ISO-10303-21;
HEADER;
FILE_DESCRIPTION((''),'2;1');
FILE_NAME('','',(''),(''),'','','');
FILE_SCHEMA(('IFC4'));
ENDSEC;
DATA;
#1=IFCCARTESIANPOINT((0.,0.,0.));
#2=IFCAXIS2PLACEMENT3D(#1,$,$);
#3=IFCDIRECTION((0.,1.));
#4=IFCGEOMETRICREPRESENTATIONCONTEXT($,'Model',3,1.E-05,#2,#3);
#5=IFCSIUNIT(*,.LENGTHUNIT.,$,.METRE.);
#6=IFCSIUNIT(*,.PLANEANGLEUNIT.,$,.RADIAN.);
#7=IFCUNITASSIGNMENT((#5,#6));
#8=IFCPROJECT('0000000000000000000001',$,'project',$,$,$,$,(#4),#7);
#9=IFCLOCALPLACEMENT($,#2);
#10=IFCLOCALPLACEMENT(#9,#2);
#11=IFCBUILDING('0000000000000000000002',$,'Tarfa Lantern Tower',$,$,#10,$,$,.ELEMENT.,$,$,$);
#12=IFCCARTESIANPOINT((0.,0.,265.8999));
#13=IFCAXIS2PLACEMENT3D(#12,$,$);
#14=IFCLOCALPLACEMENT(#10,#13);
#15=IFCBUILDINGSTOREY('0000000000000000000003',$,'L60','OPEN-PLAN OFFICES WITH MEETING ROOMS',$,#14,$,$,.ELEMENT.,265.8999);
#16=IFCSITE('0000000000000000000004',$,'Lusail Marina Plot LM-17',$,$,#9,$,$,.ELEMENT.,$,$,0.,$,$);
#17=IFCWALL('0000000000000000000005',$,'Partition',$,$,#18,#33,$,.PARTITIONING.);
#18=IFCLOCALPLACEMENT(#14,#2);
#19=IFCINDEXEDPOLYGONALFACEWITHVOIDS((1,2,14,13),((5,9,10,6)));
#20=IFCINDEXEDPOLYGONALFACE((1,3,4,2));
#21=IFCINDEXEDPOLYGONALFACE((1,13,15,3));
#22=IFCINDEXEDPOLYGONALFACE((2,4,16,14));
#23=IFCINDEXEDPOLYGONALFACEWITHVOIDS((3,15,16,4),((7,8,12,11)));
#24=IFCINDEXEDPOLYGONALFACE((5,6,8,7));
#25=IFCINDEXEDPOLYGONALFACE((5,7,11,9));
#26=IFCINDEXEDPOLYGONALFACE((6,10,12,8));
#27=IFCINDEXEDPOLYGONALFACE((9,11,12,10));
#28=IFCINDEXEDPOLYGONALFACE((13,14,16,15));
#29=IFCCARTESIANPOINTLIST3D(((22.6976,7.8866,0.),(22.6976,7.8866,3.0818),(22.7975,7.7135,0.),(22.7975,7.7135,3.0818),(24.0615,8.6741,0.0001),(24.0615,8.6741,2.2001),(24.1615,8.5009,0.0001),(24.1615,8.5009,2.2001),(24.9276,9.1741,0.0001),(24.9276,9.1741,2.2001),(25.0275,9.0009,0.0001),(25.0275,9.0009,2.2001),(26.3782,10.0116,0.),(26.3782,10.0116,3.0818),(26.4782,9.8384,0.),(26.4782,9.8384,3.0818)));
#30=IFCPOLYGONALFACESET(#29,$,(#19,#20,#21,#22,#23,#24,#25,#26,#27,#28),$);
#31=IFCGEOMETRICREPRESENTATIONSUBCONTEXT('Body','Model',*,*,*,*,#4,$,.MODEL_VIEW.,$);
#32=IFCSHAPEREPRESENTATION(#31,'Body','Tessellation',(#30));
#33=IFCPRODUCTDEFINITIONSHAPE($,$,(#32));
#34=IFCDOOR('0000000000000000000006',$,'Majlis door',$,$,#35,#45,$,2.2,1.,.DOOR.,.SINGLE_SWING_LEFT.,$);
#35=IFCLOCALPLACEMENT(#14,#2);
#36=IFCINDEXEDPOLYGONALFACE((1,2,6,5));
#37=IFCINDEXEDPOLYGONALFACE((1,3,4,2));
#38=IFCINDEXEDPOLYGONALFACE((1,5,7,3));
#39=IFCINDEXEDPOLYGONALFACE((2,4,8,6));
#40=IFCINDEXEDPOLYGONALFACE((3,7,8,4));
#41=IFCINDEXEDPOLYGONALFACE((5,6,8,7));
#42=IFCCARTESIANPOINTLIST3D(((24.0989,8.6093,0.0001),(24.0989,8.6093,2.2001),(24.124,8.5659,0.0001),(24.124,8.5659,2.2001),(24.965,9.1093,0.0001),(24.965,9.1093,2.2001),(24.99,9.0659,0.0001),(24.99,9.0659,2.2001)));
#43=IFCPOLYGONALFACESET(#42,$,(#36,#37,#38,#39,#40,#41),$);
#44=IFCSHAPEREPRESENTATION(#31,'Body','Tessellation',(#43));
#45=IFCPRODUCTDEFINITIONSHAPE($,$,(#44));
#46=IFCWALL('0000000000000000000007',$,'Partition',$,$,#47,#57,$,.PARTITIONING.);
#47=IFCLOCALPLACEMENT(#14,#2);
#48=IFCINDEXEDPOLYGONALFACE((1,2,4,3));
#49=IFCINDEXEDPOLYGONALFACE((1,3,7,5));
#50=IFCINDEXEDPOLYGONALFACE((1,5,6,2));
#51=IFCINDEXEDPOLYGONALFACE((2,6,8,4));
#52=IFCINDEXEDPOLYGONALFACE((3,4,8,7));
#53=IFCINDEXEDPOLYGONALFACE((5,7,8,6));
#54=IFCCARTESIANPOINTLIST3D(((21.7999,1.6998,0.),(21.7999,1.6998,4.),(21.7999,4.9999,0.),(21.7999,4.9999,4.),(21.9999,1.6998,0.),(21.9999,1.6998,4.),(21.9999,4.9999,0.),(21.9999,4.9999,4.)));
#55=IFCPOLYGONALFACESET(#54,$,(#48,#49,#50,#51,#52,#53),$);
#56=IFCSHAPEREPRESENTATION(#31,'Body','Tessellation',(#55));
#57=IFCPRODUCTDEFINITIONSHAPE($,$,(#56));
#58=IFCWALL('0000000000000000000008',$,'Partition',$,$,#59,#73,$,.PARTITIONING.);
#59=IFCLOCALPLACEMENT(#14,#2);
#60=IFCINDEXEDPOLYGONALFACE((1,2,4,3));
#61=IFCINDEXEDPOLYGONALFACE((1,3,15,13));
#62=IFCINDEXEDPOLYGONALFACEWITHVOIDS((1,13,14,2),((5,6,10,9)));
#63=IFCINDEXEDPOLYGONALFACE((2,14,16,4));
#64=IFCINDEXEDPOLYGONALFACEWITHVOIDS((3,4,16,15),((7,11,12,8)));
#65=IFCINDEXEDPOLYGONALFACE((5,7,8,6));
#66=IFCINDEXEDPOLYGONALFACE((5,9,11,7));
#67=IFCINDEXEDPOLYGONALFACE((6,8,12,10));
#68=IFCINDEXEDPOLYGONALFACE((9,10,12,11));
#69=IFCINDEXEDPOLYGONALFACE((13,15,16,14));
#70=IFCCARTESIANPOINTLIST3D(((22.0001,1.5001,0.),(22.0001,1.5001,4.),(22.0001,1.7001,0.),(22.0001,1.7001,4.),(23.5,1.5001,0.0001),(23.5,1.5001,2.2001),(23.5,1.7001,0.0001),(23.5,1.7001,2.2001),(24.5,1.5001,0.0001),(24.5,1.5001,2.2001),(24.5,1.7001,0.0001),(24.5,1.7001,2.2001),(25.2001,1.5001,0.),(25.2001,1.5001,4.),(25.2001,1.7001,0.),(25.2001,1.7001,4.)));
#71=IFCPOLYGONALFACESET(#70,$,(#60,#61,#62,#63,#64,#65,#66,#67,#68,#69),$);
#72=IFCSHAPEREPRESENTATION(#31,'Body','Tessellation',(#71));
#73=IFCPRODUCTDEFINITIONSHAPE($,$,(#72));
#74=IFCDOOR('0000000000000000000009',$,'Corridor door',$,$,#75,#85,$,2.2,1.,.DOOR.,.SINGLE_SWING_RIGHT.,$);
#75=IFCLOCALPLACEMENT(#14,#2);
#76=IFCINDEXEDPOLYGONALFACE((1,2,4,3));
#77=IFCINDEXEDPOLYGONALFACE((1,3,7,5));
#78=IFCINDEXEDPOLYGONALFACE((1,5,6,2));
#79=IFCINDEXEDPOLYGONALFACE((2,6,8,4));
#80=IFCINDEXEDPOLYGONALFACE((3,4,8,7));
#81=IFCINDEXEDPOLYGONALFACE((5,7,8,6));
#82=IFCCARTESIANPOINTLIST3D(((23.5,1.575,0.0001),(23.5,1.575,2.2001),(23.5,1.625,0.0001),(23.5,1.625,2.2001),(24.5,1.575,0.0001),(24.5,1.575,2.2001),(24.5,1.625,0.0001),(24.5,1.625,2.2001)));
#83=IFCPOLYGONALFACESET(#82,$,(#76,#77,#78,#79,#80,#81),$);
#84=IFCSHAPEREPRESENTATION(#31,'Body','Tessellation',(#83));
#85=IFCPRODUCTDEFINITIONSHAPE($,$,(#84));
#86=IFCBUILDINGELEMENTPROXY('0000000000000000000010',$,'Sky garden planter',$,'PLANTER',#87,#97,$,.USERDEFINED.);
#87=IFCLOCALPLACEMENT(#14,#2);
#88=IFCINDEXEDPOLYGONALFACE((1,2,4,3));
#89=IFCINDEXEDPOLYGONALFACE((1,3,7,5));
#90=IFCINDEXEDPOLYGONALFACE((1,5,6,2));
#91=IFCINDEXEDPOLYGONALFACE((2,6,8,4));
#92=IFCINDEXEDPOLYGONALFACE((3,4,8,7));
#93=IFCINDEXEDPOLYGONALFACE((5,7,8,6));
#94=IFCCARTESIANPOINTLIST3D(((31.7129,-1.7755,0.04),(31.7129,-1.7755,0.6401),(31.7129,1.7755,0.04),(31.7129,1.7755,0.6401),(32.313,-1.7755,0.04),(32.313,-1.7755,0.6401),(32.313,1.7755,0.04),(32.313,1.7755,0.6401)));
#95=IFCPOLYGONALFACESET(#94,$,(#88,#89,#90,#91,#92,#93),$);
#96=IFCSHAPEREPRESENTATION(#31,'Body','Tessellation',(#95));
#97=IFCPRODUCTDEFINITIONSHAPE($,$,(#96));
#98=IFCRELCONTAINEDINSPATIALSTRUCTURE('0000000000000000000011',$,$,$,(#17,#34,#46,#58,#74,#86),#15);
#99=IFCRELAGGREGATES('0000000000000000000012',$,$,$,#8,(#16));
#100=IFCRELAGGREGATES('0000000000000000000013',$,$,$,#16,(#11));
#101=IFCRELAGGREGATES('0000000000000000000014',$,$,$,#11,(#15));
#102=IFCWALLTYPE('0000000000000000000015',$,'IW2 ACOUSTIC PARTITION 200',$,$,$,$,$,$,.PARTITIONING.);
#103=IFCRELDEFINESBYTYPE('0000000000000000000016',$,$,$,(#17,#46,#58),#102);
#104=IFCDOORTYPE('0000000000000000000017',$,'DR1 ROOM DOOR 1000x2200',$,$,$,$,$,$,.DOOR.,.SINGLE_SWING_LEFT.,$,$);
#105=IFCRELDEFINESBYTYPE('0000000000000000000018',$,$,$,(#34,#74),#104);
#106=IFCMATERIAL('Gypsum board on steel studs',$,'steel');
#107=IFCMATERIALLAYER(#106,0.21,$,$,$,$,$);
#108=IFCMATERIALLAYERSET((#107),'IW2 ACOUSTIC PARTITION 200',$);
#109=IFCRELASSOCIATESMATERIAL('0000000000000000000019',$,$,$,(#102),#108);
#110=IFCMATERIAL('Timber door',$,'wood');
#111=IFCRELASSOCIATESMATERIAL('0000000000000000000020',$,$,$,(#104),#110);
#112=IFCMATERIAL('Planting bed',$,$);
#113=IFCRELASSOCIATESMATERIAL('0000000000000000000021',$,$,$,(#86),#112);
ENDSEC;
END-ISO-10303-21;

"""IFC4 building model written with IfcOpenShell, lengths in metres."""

from ifc_helpers import new_model, si_unit, direction, frame, frame_2d, origin, origin_2d, place, context, subcontext, project, spatial, rectangle, extrude, material, layer, layer_set, type_object, element, fill, save


model = new_model("IFC4")

# Units and contexts
model_context = context("Model", 3, precision=1e-05, world=origin(), true_north=direction((0.0, 1.0)))
body_context = subcontext(model_context, "Body", "Model", "MODEL_VIEW")
ifc_project = project(units=[si_unit("LENGTHUNIT", "METRE"), si_unit("PLANEANGLEUNIT", "RADIAN")], contexts=[model_context])

# Site, building, storey
site_placement = place(None, origin())
site = spatial("IfcSite", under=ifc_project, at=site_placement, Name="Lusail Marina Plot LM-17", CompositionType="ELEMENT", RefElevation=0.0)
building_placement = place(site_placement, origin())
building = spatial("IfcBuilding", under=site, at=building_placement, Name="Tarfa Lantern Tower", CompositionType="ELEMENT")
storey_placement = place(building_placement, frame((0.0, 0.0, 265.8999)))
storey = spatial("IfcBuildingStorey", under=building, at=storey_placement, Name="L60", Description="OPEN-PLAN OFFICES WITH MEETING ROOMS", CompositionType="ELEMENT", Elevation=265.8999)

# Shared definitions
ifc_material_1 = material(Name="Gypsum board on steel studs", Category="steel")
ifc_layer_1 = layer(ifc_material_1, 0.21)
ifc_layer_set_1 = layer_set([ifc_layer_1], Name="IW2 ACOUSTIC PARTITION 200")
wall_type = type_object("IfcWallType", Name="IW2 ACOUSTIC PARTITION 200", PredefinedType="PARTITIONING", material=ifc_layer_set_1)
ifc_material_2 = material(Name="Timber door", Category="wood")
door_type = type_object("IfcDoorType", Name="DR1 ROOM DOOR 1000x2200", OperationType="SINGLE_SWING_LEFT", PredefinedType="DOOR", material=ifc_material_2)

# Wall, opening, door
wall_1_placement = place(storey_placement, frame((22.7476, 7.8, 0.0), z_axis=(0.0, 0.0, 1.0), x_axis=(0.866029, 0.499994, 0.0)))
wall_1 = element("IfcWall", 1, at=wall_1_placement, inside=storey, type_object=wall_type, Name="Partition", PredefinedType="PARTITIONING", context=body_context, shape_type="SweptSolid", body=[
    extrude(rectangle(XDim=4.25, YDim=0.2, at=frame_2d((2.125, 0.0))), origin(), (0.0, 0.0, 1.0), 3.0818),
])
opening_1_placement = place(wall_1_placement, frame((1.575, 0.0, 0.0)))
opening_1 = element("IfcOpeningElement", 2, at=opening_1_placement, cuts=wall_1, PredefinedType="OPENING", context=body_context, shape_type="SweptSolid", body=[
    extrude(rectangle(XDim=1.0, YDim=2.2, at=frame_2d((0.5, 1.1001))), frame((0.0, 0.1099, 0.0), z_axis=(0.0, -1.0, 0.0), x_axis=(1.0, 0.0, 0.0)), (0.0, 0.0, 1.0), 0.22),
])
door_1_placement = place(opening_1_placement, frame((1.0, 0.0, 0.0), z_axis=(0.0, 0.0, 1.0), x_axis=(-1.0, 0.0, 0.0)))
door_1 = element("IfcDoor", 3, at=door_1_placement, inside=storey, type_object=door_type, Name="Majlis door", OperationType="SINGLE_SWING_LEFT", OverallHeight=2.2, OverallWidth=1.0, PredefinedType="DOOR", context=body_context, shape_type="SweptSolid", body=[
    extrude(rectangle(XDim=1.0, YDim=2.2, at=frame_2d((0.5, 1.1001))), frame((0.0, 0.0249, 0.0), z_axis=(0.0, -1.0, 0.0), x_axis=(1.0, 0.0, 0.0)), (0.0, 0.0, 1.0), 0.05),
])
fill(opening_1, door_1)

# Wall
wall_2_placement = place(storey_placement, frame((21.8999, 1.7, 0.0), z_axis=(0.0, 0.0, 1.0), x_axis=(0.0, 1.0, 0.0)))
element("IfcWall", 4, at=wall_2_placement, inside=storey, type_object=wall_type, Name="Partition", PredefinedType="PARTITIONING", context=body_context, shape_type="SweptSolid", body=[
    extrude(rectangle(XDim=3.3, YDim=0.2, at=frame_2d((1.6499, 0.0))), origin(), (0.0, 0.0, 1.0), 4.0),
])

# Wall, opening, door
wall_3_placement = place(storey_placement, frame((22.0, 1.6001, 0.0), z_axis=(0.0, 0.0, 1.0), x_axis=(1.0, 0.0, 0.0)))
wall_3 = element("IfcWall", 5, at=wall_3_placement, inside=storey, type_object=wall_type, Name="Partition", PredefinedType="PARTITIONING", context=body_context, shape_type="SweptSolid", body=[
    extrude(rectangle(XDim=3.2, YDim=0.2, at=frame_2d((1.6001, 0.0))), origin(), (0.0, 0.0, 1.0), 4.0),
])
opening_2_placement = place(wall_3_placement, frame((1.5, 0.0, 0.0)))
opening_2 = element("IfcOpeningElement", 6, at=opening_2_placement, cuts=wall_3, PredefinedType="OPENING", context=body_context, shape_type="SweptSolid", body=[
    extrude(rectangle(XDim=1.0, YDim=2.2, at=frame_2d((0.5, 1.1001))), frame((0.0, 0.1099, 0.0), z_axis=(0.0, -1.0, 0.0), x_axis=(1.0, 0.0, 0.0)), (0.0, 0.0, 1.0), 0.22),
])
door_2_placement = place(opening_2_placement, origin())
door_2 = element("IfcDoor", 7, at=door_2_placement, inside=storey, type_object=door_type, Name="Corridor door", OperationType="SINGLE_SWING_RIGHT", OverallHeight=2.2, OverallWidth=1.0, PredefinedType="DOOR", context=body_context, shape_type="SweptSolid", body=[
    extrude(rectangle(XDim=1.0, YDim=2.2, at=frame_2d((0.5, 1.1001))), frame((0.0, 0.0249, 0.0), z_axis=(0.0, -1.0, 0.0), x_axis=(1.0, 0.0, 0.0)), (0.0, 0.0, 1.0), 0.05),
])
fill(opening_2, door_2)

# Building element proxy
ifc_material_3 = material(Name="Planting bed")
proxy_placement = place(storey_placement, frame((32.0129, 0.0, 0.04), z_axis=(0.0, 0.0, 1.0), x_axis=(0.0, 1.0, 0.0)))
element("IfcBuildingElementProxy", 8, at=proxy_placement, inside=storey, material=ifc_material_3, Name="Sky garden planter", ObjectType="PLANTER", PredefinedType="USERDEFINED", context=body_context, shape_type="SweptSolid", body=[
    extrude(rectangle(XDim=3.551, YDim=0.6001, at=origin_2d()), origin(), (0.0, 0.0, 1.0), 0.6001),
])

save(model, "model.ifc")
